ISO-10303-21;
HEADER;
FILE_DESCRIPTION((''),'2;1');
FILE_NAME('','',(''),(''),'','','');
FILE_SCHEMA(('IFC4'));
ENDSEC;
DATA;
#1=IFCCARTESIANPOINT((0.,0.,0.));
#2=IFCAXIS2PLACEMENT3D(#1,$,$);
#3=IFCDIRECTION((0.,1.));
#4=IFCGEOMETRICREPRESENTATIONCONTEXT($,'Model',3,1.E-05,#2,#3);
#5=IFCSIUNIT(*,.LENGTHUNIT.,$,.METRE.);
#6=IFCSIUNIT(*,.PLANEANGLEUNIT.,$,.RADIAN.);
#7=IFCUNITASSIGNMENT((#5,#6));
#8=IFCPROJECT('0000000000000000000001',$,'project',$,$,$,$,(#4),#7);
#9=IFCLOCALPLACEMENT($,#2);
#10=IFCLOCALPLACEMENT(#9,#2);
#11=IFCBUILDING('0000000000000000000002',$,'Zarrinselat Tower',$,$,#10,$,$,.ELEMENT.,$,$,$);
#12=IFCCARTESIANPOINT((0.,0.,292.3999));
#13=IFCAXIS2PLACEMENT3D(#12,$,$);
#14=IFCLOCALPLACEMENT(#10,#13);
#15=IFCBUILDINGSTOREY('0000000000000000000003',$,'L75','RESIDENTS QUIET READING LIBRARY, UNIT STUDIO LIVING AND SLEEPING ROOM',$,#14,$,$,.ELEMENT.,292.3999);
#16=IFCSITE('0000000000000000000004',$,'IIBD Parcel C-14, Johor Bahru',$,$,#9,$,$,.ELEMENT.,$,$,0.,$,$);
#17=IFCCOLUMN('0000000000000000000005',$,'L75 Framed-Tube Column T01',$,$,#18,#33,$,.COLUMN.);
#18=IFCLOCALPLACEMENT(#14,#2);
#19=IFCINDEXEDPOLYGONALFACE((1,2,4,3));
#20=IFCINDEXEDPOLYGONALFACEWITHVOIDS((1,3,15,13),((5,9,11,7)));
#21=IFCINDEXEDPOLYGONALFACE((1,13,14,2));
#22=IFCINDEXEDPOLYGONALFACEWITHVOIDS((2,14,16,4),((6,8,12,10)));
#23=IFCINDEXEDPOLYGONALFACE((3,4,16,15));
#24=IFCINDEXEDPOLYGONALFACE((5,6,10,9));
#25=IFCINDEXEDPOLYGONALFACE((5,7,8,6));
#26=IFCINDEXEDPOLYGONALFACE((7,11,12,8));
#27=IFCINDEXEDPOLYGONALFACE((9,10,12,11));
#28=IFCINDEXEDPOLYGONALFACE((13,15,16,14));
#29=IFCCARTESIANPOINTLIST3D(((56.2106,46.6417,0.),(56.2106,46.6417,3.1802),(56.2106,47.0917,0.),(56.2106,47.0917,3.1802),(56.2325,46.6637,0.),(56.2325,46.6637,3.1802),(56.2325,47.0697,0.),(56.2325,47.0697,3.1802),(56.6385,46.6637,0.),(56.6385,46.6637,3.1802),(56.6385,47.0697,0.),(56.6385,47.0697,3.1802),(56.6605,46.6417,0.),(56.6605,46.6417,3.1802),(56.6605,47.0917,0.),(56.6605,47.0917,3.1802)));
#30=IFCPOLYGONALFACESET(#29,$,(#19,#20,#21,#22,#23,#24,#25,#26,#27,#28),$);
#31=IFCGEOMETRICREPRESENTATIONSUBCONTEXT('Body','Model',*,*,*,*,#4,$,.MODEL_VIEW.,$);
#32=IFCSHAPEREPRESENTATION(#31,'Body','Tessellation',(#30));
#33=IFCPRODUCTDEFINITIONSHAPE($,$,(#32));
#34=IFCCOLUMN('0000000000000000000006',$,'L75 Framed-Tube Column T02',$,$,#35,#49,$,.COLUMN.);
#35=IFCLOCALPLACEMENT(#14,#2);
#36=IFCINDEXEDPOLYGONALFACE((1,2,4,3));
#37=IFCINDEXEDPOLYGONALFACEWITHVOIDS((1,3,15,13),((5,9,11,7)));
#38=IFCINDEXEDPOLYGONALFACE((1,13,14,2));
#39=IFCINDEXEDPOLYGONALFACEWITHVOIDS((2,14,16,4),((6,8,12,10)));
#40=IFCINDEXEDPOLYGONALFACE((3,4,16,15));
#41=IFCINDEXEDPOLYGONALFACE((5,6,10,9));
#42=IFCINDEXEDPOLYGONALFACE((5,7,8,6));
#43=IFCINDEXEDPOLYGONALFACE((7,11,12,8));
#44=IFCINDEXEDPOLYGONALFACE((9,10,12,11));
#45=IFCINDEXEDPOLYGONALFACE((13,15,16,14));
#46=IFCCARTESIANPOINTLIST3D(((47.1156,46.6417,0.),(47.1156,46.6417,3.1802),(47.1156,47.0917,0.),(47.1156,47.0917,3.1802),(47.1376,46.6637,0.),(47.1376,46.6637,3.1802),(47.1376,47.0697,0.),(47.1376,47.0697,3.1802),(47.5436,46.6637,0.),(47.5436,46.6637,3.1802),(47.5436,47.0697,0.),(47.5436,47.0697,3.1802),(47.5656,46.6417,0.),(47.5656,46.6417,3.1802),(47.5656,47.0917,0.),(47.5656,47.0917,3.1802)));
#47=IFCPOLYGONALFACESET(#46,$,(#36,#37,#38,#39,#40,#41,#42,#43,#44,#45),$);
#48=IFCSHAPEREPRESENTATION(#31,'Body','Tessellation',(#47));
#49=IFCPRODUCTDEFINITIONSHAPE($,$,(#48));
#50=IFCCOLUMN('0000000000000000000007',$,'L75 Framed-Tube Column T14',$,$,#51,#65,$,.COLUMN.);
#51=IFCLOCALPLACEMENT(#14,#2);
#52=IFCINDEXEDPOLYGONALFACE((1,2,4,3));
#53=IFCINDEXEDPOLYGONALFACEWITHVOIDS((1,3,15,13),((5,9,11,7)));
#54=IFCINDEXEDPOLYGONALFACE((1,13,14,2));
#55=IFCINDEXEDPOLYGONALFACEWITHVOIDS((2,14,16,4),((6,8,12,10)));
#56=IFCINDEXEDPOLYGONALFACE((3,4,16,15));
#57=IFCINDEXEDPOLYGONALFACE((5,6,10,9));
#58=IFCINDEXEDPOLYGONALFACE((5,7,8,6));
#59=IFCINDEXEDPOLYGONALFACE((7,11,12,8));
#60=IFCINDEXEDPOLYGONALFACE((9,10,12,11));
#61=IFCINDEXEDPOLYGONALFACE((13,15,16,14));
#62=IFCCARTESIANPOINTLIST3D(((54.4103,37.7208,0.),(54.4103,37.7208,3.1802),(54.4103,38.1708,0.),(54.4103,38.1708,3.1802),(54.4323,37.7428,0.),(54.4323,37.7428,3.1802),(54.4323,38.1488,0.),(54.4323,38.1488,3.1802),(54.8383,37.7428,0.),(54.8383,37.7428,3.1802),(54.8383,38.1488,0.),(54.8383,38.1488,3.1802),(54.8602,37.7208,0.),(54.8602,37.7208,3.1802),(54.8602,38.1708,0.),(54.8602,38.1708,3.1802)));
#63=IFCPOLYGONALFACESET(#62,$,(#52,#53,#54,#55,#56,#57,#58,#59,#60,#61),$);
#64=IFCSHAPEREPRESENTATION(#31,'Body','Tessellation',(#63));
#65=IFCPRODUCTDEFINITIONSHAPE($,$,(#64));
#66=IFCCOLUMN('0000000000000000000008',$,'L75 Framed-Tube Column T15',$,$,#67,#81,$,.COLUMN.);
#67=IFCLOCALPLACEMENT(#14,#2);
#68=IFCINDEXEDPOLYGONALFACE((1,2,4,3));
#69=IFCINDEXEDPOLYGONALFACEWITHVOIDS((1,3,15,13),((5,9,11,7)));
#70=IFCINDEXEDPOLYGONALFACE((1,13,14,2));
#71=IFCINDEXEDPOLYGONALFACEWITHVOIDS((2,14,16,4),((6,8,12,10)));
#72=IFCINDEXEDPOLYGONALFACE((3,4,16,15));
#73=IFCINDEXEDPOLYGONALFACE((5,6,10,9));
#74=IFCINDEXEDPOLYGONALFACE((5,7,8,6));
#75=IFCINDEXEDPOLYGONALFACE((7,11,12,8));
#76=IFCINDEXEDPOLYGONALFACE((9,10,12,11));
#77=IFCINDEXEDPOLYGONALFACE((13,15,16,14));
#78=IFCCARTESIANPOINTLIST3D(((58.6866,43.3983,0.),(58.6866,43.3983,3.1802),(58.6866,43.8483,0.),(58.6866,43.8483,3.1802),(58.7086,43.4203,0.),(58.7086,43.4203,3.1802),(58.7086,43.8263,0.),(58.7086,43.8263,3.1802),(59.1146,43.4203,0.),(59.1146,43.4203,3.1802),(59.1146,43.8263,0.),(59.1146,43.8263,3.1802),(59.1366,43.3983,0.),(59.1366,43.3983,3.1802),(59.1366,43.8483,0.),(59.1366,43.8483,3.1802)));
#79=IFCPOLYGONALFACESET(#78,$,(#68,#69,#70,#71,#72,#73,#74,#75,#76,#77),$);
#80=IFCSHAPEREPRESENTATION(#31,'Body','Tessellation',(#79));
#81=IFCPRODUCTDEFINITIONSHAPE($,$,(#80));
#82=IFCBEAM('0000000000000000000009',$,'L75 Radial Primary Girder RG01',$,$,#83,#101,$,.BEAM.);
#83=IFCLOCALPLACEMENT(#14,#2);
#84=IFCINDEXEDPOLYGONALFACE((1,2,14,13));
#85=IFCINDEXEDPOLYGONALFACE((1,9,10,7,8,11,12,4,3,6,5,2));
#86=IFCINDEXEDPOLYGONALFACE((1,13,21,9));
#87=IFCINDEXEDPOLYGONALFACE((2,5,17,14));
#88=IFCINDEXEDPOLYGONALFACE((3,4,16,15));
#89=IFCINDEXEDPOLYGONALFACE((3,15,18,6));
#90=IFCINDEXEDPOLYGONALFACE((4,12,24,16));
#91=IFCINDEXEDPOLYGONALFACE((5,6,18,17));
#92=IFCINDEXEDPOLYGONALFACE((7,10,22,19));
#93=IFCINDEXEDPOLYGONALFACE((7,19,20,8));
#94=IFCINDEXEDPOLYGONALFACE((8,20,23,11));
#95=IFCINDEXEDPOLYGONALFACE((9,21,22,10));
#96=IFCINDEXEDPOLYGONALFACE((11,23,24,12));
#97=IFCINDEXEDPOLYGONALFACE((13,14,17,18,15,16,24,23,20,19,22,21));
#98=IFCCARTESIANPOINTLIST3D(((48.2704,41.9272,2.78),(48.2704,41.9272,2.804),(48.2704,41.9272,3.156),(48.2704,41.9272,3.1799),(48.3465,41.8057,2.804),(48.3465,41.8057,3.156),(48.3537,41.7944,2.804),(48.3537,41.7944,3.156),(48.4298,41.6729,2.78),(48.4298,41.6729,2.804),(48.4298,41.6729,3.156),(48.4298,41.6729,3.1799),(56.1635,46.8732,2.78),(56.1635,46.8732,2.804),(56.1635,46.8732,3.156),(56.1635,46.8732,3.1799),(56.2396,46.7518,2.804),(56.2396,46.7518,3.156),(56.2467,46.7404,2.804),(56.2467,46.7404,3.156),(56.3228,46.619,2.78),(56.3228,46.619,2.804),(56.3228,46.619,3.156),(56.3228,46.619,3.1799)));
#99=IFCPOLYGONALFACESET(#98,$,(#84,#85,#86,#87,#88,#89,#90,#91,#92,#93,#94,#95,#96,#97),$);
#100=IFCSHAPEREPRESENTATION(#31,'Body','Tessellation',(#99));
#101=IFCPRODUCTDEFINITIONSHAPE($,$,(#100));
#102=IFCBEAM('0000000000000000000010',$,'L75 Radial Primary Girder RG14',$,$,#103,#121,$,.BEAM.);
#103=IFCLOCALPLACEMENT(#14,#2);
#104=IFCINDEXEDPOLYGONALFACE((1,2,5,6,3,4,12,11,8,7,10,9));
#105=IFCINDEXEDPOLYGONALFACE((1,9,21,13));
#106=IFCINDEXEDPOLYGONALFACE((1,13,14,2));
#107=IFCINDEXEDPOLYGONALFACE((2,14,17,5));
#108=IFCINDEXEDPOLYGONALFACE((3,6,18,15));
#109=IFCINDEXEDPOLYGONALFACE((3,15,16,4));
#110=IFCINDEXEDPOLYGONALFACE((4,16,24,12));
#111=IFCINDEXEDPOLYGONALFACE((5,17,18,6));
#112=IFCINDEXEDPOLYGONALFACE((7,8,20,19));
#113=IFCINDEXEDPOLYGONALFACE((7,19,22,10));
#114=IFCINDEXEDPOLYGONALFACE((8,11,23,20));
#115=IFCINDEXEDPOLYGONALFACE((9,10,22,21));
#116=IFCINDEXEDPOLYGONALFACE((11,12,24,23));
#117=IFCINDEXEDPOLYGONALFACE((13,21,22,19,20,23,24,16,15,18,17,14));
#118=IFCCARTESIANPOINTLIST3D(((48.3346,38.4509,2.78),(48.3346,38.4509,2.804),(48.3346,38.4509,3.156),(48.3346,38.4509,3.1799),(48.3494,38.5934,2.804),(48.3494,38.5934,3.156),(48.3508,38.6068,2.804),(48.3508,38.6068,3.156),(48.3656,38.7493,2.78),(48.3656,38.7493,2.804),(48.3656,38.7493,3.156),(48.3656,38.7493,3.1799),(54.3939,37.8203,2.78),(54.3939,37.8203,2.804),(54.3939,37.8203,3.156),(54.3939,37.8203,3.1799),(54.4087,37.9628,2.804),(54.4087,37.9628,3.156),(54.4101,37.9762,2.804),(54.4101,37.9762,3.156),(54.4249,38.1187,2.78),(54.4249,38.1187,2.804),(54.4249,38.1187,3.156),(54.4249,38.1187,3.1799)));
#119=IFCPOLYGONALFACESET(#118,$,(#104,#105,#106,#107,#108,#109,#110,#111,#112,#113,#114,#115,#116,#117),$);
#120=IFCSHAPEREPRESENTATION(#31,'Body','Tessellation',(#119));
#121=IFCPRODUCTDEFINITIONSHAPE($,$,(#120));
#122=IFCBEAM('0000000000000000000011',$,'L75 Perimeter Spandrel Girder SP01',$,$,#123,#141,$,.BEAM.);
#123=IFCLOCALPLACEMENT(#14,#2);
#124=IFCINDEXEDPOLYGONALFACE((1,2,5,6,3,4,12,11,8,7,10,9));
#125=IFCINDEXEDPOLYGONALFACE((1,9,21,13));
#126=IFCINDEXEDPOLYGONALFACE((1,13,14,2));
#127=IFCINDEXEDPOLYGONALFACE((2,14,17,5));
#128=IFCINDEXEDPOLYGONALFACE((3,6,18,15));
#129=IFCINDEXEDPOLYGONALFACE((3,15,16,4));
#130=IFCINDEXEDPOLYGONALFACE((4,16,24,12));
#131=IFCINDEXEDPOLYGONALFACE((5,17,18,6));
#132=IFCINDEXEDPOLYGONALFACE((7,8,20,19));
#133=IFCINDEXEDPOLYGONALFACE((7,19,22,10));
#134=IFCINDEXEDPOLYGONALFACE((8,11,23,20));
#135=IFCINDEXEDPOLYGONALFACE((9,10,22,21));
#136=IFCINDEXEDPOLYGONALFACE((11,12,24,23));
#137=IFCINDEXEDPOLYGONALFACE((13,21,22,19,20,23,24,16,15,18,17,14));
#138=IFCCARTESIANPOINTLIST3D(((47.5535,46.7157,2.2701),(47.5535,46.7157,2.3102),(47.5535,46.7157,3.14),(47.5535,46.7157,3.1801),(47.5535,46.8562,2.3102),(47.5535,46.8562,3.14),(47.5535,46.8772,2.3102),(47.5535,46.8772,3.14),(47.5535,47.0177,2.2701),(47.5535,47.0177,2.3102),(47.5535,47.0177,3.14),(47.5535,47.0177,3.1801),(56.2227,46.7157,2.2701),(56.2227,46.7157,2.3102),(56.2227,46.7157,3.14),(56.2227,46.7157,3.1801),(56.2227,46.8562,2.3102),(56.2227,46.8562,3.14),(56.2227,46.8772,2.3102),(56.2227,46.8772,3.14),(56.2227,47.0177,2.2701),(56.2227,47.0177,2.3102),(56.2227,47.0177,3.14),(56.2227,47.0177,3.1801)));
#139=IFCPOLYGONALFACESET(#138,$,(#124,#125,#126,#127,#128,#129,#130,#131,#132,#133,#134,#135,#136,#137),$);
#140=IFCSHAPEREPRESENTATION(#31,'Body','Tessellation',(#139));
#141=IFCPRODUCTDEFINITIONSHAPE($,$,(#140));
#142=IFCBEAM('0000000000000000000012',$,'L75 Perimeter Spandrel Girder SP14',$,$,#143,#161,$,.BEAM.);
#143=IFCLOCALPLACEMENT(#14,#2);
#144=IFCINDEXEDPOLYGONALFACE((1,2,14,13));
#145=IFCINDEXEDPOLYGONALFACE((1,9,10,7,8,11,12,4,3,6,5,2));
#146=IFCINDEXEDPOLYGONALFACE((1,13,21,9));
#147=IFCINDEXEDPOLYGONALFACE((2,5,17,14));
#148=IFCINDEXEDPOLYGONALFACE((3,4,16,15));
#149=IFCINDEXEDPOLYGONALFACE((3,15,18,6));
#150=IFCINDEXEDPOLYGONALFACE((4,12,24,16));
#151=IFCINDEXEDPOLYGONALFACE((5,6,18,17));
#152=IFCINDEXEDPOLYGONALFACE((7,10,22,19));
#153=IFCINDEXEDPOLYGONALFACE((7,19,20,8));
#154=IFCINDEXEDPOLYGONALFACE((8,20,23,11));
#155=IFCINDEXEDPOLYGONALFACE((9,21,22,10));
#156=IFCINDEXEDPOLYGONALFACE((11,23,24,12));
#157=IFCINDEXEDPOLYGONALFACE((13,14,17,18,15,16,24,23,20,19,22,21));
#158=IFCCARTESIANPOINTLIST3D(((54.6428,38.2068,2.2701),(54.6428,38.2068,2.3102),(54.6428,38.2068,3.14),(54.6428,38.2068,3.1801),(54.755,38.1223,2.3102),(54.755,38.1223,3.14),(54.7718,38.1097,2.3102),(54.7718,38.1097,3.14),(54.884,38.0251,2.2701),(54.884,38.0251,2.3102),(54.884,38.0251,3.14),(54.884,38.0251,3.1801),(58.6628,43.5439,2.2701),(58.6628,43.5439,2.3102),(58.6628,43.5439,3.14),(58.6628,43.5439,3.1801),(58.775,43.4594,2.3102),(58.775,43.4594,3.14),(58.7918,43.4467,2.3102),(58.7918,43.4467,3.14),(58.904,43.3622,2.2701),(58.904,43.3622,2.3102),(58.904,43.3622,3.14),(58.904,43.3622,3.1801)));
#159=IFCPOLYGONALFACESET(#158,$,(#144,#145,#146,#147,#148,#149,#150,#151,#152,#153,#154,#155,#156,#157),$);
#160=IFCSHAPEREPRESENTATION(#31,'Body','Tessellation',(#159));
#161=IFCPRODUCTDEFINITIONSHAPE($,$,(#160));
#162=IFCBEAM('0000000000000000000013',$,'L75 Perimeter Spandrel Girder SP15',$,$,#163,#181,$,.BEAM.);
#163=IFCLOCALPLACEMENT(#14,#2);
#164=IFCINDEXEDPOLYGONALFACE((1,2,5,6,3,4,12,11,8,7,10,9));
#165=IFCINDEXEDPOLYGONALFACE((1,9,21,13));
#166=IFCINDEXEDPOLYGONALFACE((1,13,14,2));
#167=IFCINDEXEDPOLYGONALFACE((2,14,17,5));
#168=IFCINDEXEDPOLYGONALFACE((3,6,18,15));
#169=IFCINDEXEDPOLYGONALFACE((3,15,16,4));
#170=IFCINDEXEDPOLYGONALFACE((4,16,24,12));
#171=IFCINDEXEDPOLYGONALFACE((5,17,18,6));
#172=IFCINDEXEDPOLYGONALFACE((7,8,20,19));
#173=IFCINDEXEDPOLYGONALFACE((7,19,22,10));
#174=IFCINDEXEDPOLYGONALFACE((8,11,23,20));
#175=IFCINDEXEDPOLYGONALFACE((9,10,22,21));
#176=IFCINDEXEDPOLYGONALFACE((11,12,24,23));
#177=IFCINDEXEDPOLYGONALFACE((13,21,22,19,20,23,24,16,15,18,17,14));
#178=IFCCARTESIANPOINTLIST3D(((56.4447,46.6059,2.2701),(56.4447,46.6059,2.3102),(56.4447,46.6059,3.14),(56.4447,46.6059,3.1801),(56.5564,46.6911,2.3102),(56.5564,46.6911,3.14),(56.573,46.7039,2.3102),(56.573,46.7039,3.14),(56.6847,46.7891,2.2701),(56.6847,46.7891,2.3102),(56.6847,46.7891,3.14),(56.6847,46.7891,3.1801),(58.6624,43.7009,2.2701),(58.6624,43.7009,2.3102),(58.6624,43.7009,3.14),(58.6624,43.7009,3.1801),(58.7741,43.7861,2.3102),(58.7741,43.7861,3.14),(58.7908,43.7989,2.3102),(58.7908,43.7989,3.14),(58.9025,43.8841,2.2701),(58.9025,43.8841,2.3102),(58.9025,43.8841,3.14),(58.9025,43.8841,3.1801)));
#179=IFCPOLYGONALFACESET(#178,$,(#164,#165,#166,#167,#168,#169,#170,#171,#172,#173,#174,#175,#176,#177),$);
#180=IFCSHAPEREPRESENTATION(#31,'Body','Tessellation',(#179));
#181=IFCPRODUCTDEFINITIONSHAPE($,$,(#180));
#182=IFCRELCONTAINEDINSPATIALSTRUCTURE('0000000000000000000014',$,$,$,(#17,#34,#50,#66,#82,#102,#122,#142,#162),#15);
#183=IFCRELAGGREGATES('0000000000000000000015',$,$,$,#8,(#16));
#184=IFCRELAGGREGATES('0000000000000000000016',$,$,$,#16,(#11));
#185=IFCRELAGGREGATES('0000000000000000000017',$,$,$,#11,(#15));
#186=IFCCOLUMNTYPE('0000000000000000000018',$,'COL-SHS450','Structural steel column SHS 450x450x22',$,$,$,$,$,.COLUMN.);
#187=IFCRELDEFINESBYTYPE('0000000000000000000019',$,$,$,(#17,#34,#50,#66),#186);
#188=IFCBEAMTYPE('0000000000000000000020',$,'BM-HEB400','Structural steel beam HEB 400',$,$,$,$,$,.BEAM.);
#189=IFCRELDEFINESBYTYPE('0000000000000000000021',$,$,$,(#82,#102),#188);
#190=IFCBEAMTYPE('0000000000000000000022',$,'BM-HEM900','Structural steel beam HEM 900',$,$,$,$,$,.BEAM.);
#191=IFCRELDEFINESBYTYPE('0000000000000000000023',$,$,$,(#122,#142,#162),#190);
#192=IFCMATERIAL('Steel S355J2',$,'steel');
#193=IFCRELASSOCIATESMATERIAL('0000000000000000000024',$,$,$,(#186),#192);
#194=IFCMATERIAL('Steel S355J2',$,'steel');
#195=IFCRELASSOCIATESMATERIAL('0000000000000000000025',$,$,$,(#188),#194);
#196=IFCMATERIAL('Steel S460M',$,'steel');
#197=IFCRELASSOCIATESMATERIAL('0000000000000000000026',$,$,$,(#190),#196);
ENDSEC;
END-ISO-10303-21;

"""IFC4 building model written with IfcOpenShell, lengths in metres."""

from ifc_helpers import new_model, si_unit, direction, frame, origin, origin_2d, place, context, subcontext, project, spatial, hollow_rectangle, i_section, extrude, material, material_profile, profile_set, type_object, element, save


model = new_model("IFC4")

# Units and contexts
model_context = context("Model", 3, precision=1e-05, world=origin(), true_north=direction((0.0, 1.0)))
body_context = subcontext(model_context, "Body", "Model", "MODEL_VIEW")
ifc_project = project(units=[si_unit("LENGTHUNIT", "METRE"), si_unit("PLANEANGLEUNIT", "RADIAN")], contexts=[model_context])

# Site, building, storey
site_placement = place(None, origin())
site = spatial("IfcSite", under=ifc_project, at=site_placement, Name="IIBD Parcel C-14, Johor Bahru", CompositionType="ELEMENT", RefElevation=0.0)
building_placement = place(site_placement, origin())
building = spatial("IfcBuilding", under=site, at=building_placement, Name="Zarrinselat Tower", CompositionType="ELEMENT")
storey_placement = place(building_placement, frame((0.0, 0.0, 292.3999)))
storey = spatial("IfcBuildingStorey", under=building, at=storey_placement, Name="L75", Description="RESIDENTS QUIET READING LIBRARY, UNIT STUDIO LIVING AND SLEEPING ROOM", CompositionType="ELEMENT", Elevation=292.3999)

# Columns
ifc_material_1 = material(Name="Steel S355J2", Category="steel")
ifc_material_profile_1 = material_profile(ifc_material_1, hollow_rectangle(XDim=0.45, YDim=0.45, WallThickness=0.022, at=origin_2d()), Name="SHS 450x450x22")
ifc_profile_set_1 = profile_set([ifc_material_profile_1], Name="Steel S355J2")
column_type = type_object("IfcColumnType", Name="COL-SHS450", Description="Structural steel column SHS 450x450x22", PredefinedType="COLUMN", material=ifc_profile_set_1)
for number, where, z_axis, x_axis, name in (
    (1, (56.4355, 46.8667, 0.0), (0.0, 0.0, 1.0), (1.0, 0.0, 0.0), "L75 Framed-Tube Column T01"),
    (2, (47.3406, 46.8667, 0.0), (0.0, 0.0, 1.0), (1.0, 0.0, 0.0), "L75 Framed-Tube Column T02"),
    (3, (54.6353, 37.9458, 0.0), (0.0, 0.0, 1.0), (1.0, 0.0, 0.0), "L75 Framed-Tube Column T14"),
    (4, (58.9116, 43.6233, 0.0), (0.0, 0.0, 1.0), (1.0, 0.0, 0.0), "L75 Framed-Tube Column T15"),
):
    element("IfcColumn", number, at=place(storey_placement, frame(where, z_axis=z_axis, x_axis=x_axis)), inside=storey, type_object=column_type, Name=name, PredefinedType="COLUMN", context=body_context, shape_type="SweptSolid", body=[
        extrude(hollow_rectangle(XDim=0.45, YDim=0.45, WallThickness=0.022, at=origin_2d()), origin(), (0.0, 0.0, 1.0), 3.1802),
    ])

# Beams
ifc_material_2 = material(Name="Steel S355J2", Category="steel")
ifc_material_profile_2 = material_profile(ifc_material_2, i_section(OverallWidth=0.3, OverallDepth=0.3999, WebThickness=0.0134, FlangeThickness=0.0239, at=origin_2d()), Name="HEB 400")
ifc_profile_set_2 = profile_set([ifc_material_profile_2], Name="Steel S355J2")
beam_type_1 = type_object("IfcBeamType", Name="BM-HEB400", Description="Structural steel beam HEB 400", PredefinedType="BEAM", material=ifc_profile_set_2)
beam_1_placement = place(storey_placement, frame((48.3501, 41.8, 2.98), z_axis=(0.847376, 0.530993, 0.0), x_axis=(-0.530993, 0.847376, 0.0)))
element("IfcBeam", 5, at=beam_1_placement, inside=storey, type_object=beam_type_1, Name="L75 Radial Primary Girder RG01", PredefinedType="BEAM", context=body_context, shape_type="SweptSolid", body=[
    extrude(i_section(OverallWidth=0.3, OverallDepth=0.3999, WebThickness=0.0134, FlangeThickness=0.0239, at=origin_2d()), origin(), (0.0, 0.0, 1.0), 9.3147),
])
beam_2_placement = place(storey_placement, frame((48.3501, 38.6001, 2.98), z_axis=(0.994628, -0.103514, 0.0), x_axis=(0.103514, 0.994628, 0.0)))
element("IfcBeam", 6, at=beam_2_placement, inside=storey, type_object=beam_type_1, Name="L75 Radial Primary Girder RG14", PredefinedType="BEAM", context=body_context, shape_type="SweptSolid", body=[
    extrude(i_section(OverallWidth=0.3, OverallDepth=0.3999, WebThickness=0.0134, FlangeThickness=0.0239, at=origin_2d()), origin(), (0.0, 0.0, 1.0), 6.092),
])
ifc_material_3 = material(Name="Steel S460M", Category="steel")
ifc_material_profile_3 = material_profile(ifc_material_3, i_section(OverallWidth=0.302, OverallDepth=0.9099, WebThickness=0.021, FlangeThickness=0.04, at=origin_2d()), Name="HEM 900")
ifc_profile_set_3 = profile_set([ifc_material_profile_3], Name="Steel S460M")
beam_type_2 = type_object("IfcBeamType", Name="BM-HEM900", Description="Structural steel beam HEM 900", PredefinedType="BEAM", material=ifc_profile_set_3)
beam_3_placement = place(storey_placement, frame((47.5535, 46.8667, 2.7251), z_axis=(1.0, 0.0, 0.0), x_axis=(0.0, 1.0, 0.0)))
element("IfcBeam", 7, at=beam_3_placement, inside=storey, type_object=beam_type_2, Name="L75 Perimeter Spandrel Girder SP01", PredefinedType="BEAM", context=body_context, shape_type="SweptSolid", body=[
    extrude(i_section(OverallWidth=0.302, OverallDepth=0.9099, WebThickness=0.021, FlangeThickness=0.04, at=origin_2d()), origin(), (0.0, 0.0, 1.0), 8.6692),
])
beam_4_placement = place(storey_placement, frame((54.7634, 38.116, 2.7251), z_axis=(0.601642, 0.798766, 0.0), x_axis=(-0.798766, 0.601642, 0.0)))
element("IfcBeam", 8, at=beam_4_placement, inside=storey, type_object=beam_type_2, Name="L75 Perimeter Spandrel Girder SP14", PredefinedType="BEAM", context=body_context, shape_type="SweptSolid", body=[
    extrude(i_section(OverallWidth=0.302, OverallDepth=0.9099, WebThickness=0.021, FlangeThickness=0.04, at=origin_2d()), origin(), (0.0, 0.0, 1.0), 6.6816),
])
beam_5_placement = place(storey_placement, frame((56.5647, 46.6975, 2.7251), z_axis=(0.606808, -0.794849, 0.0), x_axis=(0.794849, 0.606808, 0.0)))
element("IfcBeam", 9, at=beam_5_placement, inside=storey, type_object=beam_type_2, Name="L75 Perimeter Spandrel Girder SP15", PredefinedType="BEAM", context=body_context, shape_type="SweptSolid", body=[
    extrude(i_section(OverallWidth=0.302, OverallDepth=0.9099, WebThickness=0.021, FlangeThickness=0.04, at=origin_2d()), origin(), (0.0, 0.0, 1.0), 3.6548),
])

save(model, "model.ifc")
